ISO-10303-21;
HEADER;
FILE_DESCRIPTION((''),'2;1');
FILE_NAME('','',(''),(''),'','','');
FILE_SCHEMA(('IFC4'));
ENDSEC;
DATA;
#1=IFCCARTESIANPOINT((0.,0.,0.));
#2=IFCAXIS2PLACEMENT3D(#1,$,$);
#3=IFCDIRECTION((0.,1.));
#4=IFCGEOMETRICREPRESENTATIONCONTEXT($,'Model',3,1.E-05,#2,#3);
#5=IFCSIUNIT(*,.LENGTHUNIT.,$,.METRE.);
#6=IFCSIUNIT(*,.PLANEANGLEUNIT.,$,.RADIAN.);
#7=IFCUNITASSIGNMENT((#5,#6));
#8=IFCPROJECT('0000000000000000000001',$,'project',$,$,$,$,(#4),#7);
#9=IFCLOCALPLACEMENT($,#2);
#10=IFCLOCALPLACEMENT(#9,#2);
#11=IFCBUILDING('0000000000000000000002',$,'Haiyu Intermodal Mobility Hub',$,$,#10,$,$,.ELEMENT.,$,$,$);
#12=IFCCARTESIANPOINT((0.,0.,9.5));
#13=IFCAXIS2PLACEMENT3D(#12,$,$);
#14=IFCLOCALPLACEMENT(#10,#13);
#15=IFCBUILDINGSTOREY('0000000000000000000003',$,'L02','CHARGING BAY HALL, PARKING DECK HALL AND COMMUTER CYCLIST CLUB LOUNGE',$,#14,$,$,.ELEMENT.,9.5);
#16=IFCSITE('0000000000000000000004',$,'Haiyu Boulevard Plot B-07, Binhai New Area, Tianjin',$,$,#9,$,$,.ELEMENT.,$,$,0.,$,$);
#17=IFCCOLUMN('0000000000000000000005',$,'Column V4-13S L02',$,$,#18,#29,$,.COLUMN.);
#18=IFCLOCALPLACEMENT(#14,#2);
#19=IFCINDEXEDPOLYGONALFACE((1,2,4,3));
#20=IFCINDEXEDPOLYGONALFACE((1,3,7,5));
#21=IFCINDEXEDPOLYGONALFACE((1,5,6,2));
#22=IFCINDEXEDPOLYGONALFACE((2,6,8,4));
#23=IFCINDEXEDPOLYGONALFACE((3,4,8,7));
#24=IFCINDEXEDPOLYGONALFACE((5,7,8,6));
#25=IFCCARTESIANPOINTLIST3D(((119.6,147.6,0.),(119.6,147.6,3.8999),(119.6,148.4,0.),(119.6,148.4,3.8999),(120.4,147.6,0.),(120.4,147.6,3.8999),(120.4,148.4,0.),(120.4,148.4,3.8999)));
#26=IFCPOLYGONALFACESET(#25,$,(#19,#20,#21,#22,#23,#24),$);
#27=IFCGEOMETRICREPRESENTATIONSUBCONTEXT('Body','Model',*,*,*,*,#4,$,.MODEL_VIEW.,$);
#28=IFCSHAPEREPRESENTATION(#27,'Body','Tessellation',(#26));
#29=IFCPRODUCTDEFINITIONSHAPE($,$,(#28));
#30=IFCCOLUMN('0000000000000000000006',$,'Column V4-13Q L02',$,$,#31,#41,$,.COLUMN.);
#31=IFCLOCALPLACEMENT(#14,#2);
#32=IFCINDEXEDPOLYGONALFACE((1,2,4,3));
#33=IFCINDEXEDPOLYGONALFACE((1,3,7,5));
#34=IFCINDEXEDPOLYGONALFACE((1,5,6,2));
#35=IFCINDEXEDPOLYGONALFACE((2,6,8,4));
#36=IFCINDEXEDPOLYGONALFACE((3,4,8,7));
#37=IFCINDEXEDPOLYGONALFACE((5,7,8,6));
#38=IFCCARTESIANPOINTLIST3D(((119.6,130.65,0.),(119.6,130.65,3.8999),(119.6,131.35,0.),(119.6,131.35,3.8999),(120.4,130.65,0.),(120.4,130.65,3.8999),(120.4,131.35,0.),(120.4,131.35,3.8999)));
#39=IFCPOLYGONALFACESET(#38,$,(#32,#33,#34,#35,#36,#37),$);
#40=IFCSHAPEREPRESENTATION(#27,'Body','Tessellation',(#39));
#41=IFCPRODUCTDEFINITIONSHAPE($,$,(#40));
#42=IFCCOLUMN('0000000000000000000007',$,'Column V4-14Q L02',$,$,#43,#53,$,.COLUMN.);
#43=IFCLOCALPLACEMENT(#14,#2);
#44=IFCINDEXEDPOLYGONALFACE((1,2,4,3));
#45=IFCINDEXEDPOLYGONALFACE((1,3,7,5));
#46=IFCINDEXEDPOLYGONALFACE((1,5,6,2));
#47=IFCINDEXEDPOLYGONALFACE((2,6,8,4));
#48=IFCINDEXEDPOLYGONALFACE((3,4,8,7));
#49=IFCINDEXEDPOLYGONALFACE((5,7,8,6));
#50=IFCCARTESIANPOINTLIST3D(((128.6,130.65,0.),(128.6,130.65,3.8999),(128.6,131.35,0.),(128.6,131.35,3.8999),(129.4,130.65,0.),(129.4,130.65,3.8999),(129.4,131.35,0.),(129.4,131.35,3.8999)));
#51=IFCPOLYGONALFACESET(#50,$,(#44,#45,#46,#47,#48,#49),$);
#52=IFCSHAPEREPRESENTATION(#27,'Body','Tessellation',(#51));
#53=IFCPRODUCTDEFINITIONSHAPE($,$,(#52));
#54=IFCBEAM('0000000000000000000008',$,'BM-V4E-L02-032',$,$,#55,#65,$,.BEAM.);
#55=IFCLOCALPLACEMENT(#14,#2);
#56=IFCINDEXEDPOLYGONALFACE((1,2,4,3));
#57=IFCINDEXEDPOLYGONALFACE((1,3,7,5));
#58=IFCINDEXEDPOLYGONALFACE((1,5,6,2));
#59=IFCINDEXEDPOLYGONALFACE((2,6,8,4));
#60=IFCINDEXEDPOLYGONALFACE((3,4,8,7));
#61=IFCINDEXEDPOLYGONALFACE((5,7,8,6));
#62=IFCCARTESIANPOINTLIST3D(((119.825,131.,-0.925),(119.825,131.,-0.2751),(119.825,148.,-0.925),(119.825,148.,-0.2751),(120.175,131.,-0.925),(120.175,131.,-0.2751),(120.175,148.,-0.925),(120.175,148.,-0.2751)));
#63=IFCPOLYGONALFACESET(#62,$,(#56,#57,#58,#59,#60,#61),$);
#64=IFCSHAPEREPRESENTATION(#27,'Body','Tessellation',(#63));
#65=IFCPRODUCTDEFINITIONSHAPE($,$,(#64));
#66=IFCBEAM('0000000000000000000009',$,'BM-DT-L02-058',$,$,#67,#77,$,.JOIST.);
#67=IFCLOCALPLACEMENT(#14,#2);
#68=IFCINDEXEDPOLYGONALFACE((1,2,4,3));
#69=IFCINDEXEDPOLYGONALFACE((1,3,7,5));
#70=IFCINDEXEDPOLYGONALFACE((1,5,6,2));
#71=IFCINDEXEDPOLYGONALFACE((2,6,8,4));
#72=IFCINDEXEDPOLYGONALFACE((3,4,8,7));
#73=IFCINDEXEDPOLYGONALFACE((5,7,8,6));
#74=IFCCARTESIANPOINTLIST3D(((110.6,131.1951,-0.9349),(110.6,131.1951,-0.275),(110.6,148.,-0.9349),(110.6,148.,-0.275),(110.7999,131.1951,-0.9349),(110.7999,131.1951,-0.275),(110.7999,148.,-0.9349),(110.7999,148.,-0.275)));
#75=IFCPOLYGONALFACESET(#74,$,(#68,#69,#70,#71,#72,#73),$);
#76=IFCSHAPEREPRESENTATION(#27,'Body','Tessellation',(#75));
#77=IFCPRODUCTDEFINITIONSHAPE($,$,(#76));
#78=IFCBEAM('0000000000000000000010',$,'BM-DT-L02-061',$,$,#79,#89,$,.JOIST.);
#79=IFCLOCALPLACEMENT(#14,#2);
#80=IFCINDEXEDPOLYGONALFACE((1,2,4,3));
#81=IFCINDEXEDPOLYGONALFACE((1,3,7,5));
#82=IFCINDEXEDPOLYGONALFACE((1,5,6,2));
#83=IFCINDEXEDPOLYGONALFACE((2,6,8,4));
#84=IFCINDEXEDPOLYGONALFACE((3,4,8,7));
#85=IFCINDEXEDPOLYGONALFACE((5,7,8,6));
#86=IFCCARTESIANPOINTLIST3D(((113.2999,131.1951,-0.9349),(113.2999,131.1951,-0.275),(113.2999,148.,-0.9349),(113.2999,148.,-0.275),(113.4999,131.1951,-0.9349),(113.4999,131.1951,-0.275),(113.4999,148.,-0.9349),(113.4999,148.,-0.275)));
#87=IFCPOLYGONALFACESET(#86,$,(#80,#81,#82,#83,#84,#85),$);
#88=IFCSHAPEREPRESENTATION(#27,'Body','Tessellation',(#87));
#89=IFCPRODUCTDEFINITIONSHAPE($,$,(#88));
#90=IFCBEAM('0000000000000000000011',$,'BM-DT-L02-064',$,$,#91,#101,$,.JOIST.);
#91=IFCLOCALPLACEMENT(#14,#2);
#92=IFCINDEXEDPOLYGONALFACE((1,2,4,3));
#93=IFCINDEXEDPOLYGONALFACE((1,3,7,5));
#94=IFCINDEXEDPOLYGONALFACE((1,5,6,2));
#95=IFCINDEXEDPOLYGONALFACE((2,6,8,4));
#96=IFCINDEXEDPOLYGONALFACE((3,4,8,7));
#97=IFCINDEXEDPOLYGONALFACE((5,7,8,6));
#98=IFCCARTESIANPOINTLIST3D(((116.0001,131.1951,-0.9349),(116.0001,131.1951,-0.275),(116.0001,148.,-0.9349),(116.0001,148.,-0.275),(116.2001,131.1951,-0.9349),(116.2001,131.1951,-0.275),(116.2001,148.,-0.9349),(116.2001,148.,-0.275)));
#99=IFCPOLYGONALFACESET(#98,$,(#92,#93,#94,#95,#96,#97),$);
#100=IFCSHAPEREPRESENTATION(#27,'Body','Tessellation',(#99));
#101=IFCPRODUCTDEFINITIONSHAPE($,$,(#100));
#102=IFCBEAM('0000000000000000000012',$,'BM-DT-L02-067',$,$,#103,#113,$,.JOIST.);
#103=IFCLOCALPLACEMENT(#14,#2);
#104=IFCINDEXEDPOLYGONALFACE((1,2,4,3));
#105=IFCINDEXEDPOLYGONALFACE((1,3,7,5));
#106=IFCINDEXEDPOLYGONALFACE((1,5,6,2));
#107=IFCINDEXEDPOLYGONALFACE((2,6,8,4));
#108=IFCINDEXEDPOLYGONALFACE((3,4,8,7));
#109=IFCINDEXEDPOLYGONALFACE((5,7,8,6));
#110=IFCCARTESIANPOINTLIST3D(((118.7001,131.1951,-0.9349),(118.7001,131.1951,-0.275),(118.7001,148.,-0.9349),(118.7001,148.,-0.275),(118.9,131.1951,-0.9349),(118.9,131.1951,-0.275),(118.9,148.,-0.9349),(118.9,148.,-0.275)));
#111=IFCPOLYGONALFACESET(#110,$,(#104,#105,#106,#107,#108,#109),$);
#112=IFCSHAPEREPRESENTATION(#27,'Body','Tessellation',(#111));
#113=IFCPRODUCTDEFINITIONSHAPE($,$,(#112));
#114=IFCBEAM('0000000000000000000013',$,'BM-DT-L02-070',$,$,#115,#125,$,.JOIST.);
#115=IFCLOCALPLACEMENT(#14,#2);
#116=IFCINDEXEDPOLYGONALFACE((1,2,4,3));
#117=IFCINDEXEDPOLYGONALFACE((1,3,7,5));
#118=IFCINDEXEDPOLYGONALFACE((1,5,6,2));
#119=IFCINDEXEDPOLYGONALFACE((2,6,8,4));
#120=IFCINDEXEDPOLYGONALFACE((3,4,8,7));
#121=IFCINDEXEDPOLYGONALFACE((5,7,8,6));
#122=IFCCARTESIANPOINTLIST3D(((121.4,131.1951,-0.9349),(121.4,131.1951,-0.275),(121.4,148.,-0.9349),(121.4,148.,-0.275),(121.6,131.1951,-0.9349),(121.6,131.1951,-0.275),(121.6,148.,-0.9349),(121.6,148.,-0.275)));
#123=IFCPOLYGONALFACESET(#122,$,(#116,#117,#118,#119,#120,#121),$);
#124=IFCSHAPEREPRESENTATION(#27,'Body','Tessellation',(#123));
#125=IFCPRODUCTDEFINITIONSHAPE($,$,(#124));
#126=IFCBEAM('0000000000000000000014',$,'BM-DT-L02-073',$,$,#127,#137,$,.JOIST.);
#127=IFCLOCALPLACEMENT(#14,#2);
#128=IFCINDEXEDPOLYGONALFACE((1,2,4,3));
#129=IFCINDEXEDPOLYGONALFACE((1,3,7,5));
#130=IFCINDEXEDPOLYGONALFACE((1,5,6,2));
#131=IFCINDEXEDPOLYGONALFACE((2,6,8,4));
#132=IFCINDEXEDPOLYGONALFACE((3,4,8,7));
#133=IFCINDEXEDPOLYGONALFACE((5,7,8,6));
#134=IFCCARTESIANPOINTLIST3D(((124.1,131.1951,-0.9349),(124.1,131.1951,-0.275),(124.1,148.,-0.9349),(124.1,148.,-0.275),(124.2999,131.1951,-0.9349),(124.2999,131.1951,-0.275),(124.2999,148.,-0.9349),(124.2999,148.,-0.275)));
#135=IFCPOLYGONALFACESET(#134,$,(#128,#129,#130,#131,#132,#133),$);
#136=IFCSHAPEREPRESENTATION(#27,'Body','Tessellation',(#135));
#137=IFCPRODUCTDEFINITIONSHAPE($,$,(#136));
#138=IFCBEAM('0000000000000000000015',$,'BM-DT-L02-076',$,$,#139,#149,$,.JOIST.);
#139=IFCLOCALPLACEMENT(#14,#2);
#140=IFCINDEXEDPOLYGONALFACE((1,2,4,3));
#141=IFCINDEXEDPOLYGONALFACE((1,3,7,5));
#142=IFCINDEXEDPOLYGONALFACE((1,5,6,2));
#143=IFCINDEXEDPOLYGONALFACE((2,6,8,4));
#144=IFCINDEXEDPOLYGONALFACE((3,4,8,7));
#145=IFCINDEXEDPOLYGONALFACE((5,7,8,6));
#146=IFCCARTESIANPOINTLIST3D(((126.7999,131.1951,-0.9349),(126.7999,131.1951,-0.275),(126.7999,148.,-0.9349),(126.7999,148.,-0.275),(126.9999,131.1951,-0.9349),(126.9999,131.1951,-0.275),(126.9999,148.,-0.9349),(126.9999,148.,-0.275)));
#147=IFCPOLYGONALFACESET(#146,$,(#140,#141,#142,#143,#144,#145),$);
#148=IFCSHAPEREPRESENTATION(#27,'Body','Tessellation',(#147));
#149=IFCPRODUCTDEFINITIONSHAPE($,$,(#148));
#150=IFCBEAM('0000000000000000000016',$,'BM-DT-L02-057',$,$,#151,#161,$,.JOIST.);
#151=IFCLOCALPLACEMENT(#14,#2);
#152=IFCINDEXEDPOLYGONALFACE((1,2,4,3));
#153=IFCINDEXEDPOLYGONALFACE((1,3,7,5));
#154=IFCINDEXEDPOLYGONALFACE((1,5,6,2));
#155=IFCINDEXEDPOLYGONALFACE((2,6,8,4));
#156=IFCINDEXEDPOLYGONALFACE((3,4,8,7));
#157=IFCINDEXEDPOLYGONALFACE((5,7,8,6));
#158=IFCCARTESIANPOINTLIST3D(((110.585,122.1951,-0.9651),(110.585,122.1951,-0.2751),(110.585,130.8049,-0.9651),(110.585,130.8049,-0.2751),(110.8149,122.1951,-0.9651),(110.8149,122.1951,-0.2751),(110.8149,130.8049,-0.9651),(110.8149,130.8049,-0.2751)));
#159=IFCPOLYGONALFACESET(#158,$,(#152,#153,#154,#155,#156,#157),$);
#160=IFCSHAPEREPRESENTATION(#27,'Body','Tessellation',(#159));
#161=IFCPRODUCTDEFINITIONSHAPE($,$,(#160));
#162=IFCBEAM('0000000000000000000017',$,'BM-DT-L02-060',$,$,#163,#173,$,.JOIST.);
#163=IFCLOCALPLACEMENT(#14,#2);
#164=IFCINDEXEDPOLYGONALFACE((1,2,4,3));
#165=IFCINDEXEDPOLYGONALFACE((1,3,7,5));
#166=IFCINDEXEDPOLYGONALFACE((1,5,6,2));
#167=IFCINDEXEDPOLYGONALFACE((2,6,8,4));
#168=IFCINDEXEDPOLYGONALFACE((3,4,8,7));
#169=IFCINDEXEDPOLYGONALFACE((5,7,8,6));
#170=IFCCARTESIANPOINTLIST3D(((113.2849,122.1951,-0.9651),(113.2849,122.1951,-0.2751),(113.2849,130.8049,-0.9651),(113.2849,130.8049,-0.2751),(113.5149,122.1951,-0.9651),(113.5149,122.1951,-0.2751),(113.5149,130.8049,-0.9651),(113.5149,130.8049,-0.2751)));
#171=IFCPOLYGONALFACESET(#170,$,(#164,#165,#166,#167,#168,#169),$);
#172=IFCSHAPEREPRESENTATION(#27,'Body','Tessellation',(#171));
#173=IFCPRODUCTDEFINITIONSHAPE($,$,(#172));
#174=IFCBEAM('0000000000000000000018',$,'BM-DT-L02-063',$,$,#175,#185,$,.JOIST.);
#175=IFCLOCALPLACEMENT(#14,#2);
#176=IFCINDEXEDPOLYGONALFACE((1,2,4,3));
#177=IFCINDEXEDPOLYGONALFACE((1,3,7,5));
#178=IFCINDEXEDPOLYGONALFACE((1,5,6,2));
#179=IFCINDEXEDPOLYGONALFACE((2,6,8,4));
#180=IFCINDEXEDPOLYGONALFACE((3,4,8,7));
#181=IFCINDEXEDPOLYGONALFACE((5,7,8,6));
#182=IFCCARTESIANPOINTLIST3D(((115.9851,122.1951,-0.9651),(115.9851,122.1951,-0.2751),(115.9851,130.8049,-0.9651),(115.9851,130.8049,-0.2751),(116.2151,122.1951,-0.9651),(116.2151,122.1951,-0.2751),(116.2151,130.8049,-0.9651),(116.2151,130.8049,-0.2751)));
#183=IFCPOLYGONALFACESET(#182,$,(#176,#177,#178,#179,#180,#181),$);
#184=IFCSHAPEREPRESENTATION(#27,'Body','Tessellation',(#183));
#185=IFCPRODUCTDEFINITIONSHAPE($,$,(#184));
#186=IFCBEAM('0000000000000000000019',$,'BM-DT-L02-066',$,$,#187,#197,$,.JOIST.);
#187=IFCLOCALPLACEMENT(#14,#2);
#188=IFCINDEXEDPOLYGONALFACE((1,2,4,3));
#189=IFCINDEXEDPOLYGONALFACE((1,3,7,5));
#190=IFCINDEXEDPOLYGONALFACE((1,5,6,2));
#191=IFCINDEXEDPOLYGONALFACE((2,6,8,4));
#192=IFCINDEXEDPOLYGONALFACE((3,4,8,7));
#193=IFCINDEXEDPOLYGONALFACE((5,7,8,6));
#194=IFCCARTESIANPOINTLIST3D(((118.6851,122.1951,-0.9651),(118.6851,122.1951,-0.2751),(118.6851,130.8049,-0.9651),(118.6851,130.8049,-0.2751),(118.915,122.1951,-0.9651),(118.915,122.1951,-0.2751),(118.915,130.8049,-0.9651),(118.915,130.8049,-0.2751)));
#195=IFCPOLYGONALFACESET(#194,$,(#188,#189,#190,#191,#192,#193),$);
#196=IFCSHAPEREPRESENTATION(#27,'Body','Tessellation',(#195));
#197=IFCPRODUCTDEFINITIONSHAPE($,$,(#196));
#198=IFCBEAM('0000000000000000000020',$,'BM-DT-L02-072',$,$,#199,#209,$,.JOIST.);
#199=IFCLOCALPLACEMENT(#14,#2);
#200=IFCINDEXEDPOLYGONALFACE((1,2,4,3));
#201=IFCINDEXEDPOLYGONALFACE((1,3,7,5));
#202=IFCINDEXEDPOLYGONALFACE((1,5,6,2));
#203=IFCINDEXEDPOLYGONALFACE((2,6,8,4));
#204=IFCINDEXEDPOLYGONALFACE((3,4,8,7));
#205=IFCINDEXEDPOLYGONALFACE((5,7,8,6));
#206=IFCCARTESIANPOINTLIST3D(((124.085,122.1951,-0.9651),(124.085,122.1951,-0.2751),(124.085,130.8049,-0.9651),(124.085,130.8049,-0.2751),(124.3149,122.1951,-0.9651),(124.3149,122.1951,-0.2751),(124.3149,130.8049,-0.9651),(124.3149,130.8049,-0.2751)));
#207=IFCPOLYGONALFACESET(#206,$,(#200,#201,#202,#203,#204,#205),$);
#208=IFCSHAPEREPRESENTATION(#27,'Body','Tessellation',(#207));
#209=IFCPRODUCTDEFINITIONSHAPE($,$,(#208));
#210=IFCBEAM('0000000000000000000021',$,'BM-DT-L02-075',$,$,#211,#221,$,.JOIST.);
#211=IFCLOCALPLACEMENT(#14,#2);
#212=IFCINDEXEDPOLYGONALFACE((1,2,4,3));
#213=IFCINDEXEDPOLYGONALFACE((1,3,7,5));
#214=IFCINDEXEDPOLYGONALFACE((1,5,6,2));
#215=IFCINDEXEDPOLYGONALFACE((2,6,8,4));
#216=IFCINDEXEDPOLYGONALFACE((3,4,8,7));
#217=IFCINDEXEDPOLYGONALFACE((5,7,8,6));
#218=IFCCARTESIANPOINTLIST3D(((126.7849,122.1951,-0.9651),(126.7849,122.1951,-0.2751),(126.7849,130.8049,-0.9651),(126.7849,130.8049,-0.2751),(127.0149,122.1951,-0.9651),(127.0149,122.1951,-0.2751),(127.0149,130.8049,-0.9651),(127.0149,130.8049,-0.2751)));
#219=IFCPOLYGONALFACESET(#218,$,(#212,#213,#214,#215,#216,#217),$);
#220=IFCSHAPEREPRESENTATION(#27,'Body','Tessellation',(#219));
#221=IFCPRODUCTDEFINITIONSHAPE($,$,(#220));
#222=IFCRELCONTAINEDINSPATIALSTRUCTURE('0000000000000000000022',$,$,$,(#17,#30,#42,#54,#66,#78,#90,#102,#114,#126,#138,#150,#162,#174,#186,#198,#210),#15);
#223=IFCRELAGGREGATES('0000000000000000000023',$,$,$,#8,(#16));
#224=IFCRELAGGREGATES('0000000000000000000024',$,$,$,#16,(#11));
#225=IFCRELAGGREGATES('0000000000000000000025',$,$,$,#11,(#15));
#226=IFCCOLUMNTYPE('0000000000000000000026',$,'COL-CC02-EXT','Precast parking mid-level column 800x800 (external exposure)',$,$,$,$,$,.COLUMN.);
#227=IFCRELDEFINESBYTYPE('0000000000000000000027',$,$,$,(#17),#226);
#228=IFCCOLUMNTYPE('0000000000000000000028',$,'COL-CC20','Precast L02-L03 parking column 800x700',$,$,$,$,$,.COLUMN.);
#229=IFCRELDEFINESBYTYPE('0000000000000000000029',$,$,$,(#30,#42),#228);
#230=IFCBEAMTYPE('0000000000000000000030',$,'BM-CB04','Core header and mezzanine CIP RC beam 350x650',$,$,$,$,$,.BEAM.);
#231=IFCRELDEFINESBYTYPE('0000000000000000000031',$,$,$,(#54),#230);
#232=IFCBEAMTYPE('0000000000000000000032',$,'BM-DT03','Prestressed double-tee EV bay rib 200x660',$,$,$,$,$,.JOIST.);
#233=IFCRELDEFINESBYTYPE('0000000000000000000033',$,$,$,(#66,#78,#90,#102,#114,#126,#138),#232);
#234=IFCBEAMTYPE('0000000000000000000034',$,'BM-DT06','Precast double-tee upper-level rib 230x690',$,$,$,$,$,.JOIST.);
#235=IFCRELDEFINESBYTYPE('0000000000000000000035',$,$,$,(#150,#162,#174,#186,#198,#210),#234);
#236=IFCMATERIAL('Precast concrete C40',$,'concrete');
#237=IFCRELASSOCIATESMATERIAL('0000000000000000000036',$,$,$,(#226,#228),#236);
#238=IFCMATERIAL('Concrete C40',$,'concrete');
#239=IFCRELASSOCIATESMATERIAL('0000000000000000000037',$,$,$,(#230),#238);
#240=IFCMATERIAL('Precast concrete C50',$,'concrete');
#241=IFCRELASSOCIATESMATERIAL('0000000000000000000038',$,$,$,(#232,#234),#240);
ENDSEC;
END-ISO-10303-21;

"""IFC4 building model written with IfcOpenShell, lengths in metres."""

from ifc_helpers import new_model, si_unit, direction, frame, origin, origin_2d, place, context, subcontext, project, spatial, rectangle, extrude, material, material_profile, profile_set, type_object, element, save


model = new_model("IFC4")

# Units and contexts
model_context = context("Model", 3, precision=1e-05, world=origin(), true_north=direction((0.0, 1.0)))
body_context = subcontext(model_context, "Body", "Model", "MODEL_VIEW")
ifc_project = project(units=[si_unit("LENGTHUNIT", "METRE"), si_unit("PLANEANGLEUNIT", "RADIAN")], contexts=[model_context])

# Site, building, storey
site_placement = place(None, origin())
site = spatial("IfcSite", under=ifc_project, at=site_placement, Name="Haiyu Boulevard Plot B-07, Binhai New Area, Tianjin", CompositionType="ELEMENT", RefElevation=0.0)
building_placement = place(site_placement, origin())
building = spatial("IfcBuilding", under=site, at=building_placement, Name="Haiyu Intermodal Mobility Hub", CompositionType="ELEMENT")
storey_placement = place(building_placement, frame((0.0, 0.0, 9.5)))
storey = spatial("IfcBuildingStorey", under=building, at=storey_placement, Name="L02", Description="CHARGING BAY HALL, PARKING DECK HALL AND COMMUTER CYCLIST CLUB LOUNGE", CompositionType="ELEMENT", Elevation=9.5)

# Columns
ifc_material_1 = material(Name="Precast concrete C40", Category="concrete")
ifc_material_profile_1 = material_profile(ifc_material_1, rectangle(XDim=0.8, YDim=0.8, at=origin_2d()), Name="RC800x800")
ifc_profile_set_1 = profile_set([ifc_material_profile_1], Name="Precast concrete C40")
column_type_1 = type_object("IfcColumnType", Name="COL-CC02-EXT", Description="Precast parking mid-level column 800x800 (external exposure)", PredefinedType="COLUMN", material=ifc_profile_set_1)
column_placement = place(storey_placement, frame((120.0, 148.0, 0.0), z_axis=(0.0, 0.0, 1.0), x_axis=(1.0, 0.0, 0.0)))
element("IfcColumn", 1, at=column_placement, inside=storey, type_object=column_type_1, Name="Column V4-13S L02", PredefinedType="COLUMN", context=body_context, shape_type="SweptSolid", body=[
    extrude(rectangle(XDim=0.8, YDim=0.8, at=origin_2d()), origin(), (0.0, 0.0, 1.0), 3.8999),
])
ifc_material_profile_2 = material_profile(ifc_material_1, rectangle(XDim=0.8, YDim=0.7, at=origin_2d()), Name="C800x700")
ifc_profile_set_2 = profile_set([ifc_material_profile_2], Name="Precast concrete C40")
column_type_2 = type_object("IfcColumnType", Name="COL-CC20", Description="Precast L02-L03 parking column 800x700", PredefinedType="COLUMN", material=ifc_profile_set_2)
for number, where, z_axis, x_axis, name in (
    (2, (120.0, 131.0, 0.0), (0.0, 0.0, 1.0), (1.0, 0.0, 0.0), "Column V4-13Q L02"),
    (3, (129.0, 131.0, 0.0), (0.0, 0.0, 1.0), (1.0, 0.0, 0.0), "Column V4-14Q L02"),
):
    element("IfcColumn", number, at=place(storey_placement, frame(where, z_axis=z_axis, x_axis=x_axis)), inside=storey, type_object=column_type_2, Name=name, PredefinedType="COLUMN", context=body_context, shape_type="SweptSolid", body=[
        extrude(rectangle(XDim=0.8, YDim=0.7, at=origin_2d()), origin(), (0.0, 0.0, 1.0), 3.8999),
    ])

# Beams
ifc_material_2 = material(Name="Concrete C40", Category="concrete")
ifc_material_profile_3 = material_profile(ifc_material_2, rectangle(XDim=0.3501, YDim=0.6499, at=origin_2d()), Name="RCB350x650")
ifc_profile_set_3 = profile_set([ifc_material_profile_3], Name="Concrete C40")
beam_type_1 = type_object("IfcBeamType", Name="BM-CB04", Description="Core header and mezzanine CIP RC beam 350x650", PredefinedType="BEAM", material=ifc_profile_set_3)
beam_1_placement = place(storey_placement, frame((120.0, 131.0, -0.6001), z_axis=(0.0, 1.0, 0.0), x_axis=(-1.0, 0.0, 0.0)))
element("IfcBeam", 4, at=beam_1_placement, inside=storey, type_object=beam_type_1, Name="BM-V4E-L02-032", PredefinedType="BEAM", context=body_context, shape_type="SweptSolid", body=[
    extrude(rectangle(XDim=0.3501, YDim=0.6499, at=origin_2d()), origin(), (0.0, 0.0, 1.0), 17.0),
])
ifc_material_3 = material(Name="Precast concrete C50", Category="concrete")
ifc_material_profile_4 = material_profile(ifc_material_3, rectangle(XDim=0.2, YDim=0.6599, at=origin_2d()), Name="PC200x660")
ifc_profile_set_4 = profile_set([ifc_material_profile_4], Name="Precast concrete C50")
beam_type_2 = type_object("IfcBeamType", Name="BM-DT03", Description="Prestressed double-tee EV bay rib 200x660", PredefinedType="JOIST", material=ifc_profile_set_4)
for number, where, z_axis, x_axis, name in (
    (5, (110.7, 131.1951, -0.605), (0.0, 1.0, 0.0), (-1.0, 0.0, 0.0), "BM-DT-L02-058"),
    (6, (113.3999, 131.1951, -0.605), (0.0, 1.0, 0.0), (-1.0, 0.0, 0.0), "BM-DT-L02-061"),
    (7, (116.1001, 131.1951, -0.605), (0.0, 1.0, 0.0), (-1.0, 0.0, 0.0), "BM-DT-L02-064"),
    (8, (118.8, 131.1951, -0.605), (0.0, 1.0, 0.0), (-1.0, 0.0, 0.0), "BM-DT-L02-067"),
    (9, (121.5, 131.1951, -0.605), (0.0, 1.0, 0.0), (-1.0, 0.0, 0.0), "BM-DT-L02-070"),
    (10, (124.2, 131.1951, -0.605), (0.0, 1.0, 0.0), (-1.0, 0.0, 0.0), "BM-DT-L02-073"),
    (11, (126.8999, 131.1951, -0.605), (0.0, 1.0, 0.0), (-1.0, 0.0, 0.0), "BM-DT-L02-076"),
):
    element("IfcBeam", number, at=place(storey_placement, frame(where, z_axis=z_axis, x_axis=x_axis)), inside=storey, type_object=beam_type_2, Name=name, PredefinedType="JOIST", context=body_context, shape_type="SweptSolid", body=[
        extrude(rectangle(XDim=0.2, YDim=0.6599, at=origin_2d()), origin(), (0.0, 0.0, 1.0), 16.8049),
    ])
ifc_material_profile_5 = material_profile(ifc_material_3, rectangle(XDim=0.23, YDim=0.6899, at=origin_2d()), Name="B230x690")
ifc_profile_set_5 = profile_set([ifc_material_profile_5], Name="Precast concrete C50")
beam_type_3 = type_object("IfcBeamType", Name="BM-DT06", Description="Precast double-tee upper-level rib 230x690", PredefinedType="JOIST", material=ifc_profile_set_5)
for number, where, z_axis, x_axis, name in (
    (12, (110.7, 122.1951, -0.6201), (0.0, 1.0, 0.0), (-1.0, 0.0, 0.0), "BM-DT-L02-057"),
    (13, (113.3999, 122.1951, -0.6201), (0.0, 1.0, 0.0), (-1.0, 0.0, 0.0), "BM-DT-L02-060"),
    (14, (116.1001, 122.1951, -0.6201), (0.0, 1.0, 0.0), (-1.0, 0.0, 0.0), "BM-DT-L02-063"),
    (15, (118.8, 122.1951, -0.6201), (0.0, 1.0, 0.0), (-1.0, 0.0, 0.0), "BM-DT-L02-066"),
    (16, (124.2, 122.1951, -0.6201), (0.0, 1.0, 0.0), (-1.0, 0.0, 0.0), "BM-DT-L02-072"),
    (17, (126.8999, 122.1951, -0.6201), (0.0, 1.0, 0.0), (-1.0, 0.0, 0.0), "BM-DT-L02-075"),
):
    element("IfcBeam", number, at=place(storey_placement, frame(where, z_axis=z_axis, x_axis=x_axis)), inside=storey, type_object=beam_type_3, Name=name, PredefinedType="JOIST", context=body_context, shape_type="SweptSolid", body=[
        extrude(rectangle(XDim=0.23, YDim=0.6899, at=origin_2d()), origin(), (0.0, 0.0, 1.0), 8.6099),
    ])

save(model, "model.ifc")
